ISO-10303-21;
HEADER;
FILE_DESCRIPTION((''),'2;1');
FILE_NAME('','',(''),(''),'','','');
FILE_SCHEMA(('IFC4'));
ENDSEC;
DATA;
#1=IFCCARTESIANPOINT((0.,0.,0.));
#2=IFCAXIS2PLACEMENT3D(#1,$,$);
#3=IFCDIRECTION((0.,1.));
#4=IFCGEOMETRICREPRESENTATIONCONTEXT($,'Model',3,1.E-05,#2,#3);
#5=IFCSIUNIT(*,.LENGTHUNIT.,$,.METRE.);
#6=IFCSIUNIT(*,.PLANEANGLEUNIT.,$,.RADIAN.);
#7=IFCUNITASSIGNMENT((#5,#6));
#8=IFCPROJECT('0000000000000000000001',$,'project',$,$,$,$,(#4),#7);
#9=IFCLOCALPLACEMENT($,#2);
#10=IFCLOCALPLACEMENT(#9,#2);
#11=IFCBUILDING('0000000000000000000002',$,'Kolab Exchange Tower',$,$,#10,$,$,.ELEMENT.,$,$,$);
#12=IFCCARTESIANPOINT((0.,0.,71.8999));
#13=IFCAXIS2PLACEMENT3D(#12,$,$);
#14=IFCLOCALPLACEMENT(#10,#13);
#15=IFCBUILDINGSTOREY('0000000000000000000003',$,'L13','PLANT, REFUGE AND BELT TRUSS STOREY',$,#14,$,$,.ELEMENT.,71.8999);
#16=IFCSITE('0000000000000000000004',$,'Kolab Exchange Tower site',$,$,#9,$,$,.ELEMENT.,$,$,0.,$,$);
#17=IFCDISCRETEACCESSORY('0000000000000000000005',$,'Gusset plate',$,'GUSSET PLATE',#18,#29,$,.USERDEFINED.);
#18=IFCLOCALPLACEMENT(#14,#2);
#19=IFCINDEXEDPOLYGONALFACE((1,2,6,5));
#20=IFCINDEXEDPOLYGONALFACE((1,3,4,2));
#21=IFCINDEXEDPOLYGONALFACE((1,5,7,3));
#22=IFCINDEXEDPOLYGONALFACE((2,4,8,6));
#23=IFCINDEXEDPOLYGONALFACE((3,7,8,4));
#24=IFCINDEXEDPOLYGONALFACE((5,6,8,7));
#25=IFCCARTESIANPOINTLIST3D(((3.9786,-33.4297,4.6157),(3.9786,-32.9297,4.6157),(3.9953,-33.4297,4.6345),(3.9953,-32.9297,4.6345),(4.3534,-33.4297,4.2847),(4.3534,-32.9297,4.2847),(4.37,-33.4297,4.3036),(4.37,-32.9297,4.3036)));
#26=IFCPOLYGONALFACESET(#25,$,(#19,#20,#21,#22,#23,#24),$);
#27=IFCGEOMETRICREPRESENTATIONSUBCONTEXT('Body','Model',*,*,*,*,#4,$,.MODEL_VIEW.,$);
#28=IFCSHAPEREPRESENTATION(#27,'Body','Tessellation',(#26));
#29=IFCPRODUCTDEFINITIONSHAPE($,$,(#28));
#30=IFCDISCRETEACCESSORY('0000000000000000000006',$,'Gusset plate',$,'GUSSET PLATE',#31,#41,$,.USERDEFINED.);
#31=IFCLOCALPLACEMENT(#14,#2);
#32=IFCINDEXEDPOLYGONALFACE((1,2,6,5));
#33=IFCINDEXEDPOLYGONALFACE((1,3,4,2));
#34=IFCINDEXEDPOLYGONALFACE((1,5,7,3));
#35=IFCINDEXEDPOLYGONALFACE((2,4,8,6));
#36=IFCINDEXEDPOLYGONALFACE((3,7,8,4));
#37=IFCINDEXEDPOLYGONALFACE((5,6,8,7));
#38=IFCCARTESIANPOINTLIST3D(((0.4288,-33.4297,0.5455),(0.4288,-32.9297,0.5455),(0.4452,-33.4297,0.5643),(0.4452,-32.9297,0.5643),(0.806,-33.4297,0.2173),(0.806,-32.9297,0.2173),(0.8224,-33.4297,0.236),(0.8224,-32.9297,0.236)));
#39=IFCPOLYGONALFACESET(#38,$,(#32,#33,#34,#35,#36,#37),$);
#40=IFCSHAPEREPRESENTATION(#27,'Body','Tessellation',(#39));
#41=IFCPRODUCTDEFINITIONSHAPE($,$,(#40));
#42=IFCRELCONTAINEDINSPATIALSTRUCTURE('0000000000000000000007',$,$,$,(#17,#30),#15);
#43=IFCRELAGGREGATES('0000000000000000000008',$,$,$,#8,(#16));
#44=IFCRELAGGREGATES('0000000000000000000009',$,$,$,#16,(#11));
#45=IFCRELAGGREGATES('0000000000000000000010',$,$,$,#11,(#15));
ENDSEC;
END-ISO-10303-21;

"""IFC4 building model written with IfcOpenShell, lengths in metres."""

from ifc_helpers import new_model, si_unit, direction, frame, origin, origin_2d, place, context, subcontext, project, spatial, rectangle, extrude, element, save


model = new_model("IFC4")

# Units and contexts
model_context = context("Model", 3, precision=1e-05, world=origin(), true_north=direction((0.0, 1.0)))
body_context = subcontext(model_context, "Body", "Model", "MODEL_VIEW")
ifc_project = project(units=[si_unit("LENGTHUNIT", "METRE"), si_unit("PLANEANGLEUNIT", "RADIAN")], contexts=[model_context])

# Site, building, storey
site_placement = place(None, origin())
site = spatial("IfcSite", under=ifc_project, at=site_placement, Name="Kolab Exchange Tower site", CompositionType="ELEMENT", RefElevation=0.0)
building_placement = place(site_placement, origin())
building = spatial("IfcBuilding", under=site, at=building_placement, Name="Kolab Exchange Tower", CompositionType="ELEMENT")
storey_placement = place(building_placement, frame((0.0, 0.0, 71.8999)))
storey = spatial("IfcBuildingStorey", under=building, at=storey_placement, Name="L13", Description="PLANT, REFUGE AND BELT TRUSS STOREY", CompositionType="ELEMENT", Elevation=71.8999)

# Discrete accessories
discrete_accessory_1_placement = place(storey_placement, frame((4.166, -33.1797, 4.4502), z_axis=(0.661944, 0.0, 0.749554), x_axis=(0.0, 1.0, 0.0)))
element("IfcDiscreteAccessory", 1, at=discrete_accessory_1_placement, inside=storey, Name="Gusset plate", ObjectType="GUSSET PLATE", PredefinedType="USERDEFINED", context=body_context, shape_type="SweptSolid", body=[
    extrude(rectangle(XDim=0.5, YDim=0.5, at=origin_2d()), origin(), (0.0, 0.0, 1.0), 0.0251),
])
discrete_accessory_2_placement = place(storey_placement, frame((0.6338, -33.1797, 0.4001), z_axis=(-0.656421, 0.0, -0.754395), x_axis=(0.0, -1.0, 0.0)))
element("IfcDiscreteAccessory", 2, at=discrete_accessory_2_placement, inside=storey, Name="Gusset plate", ObjectType="GUSSET PLATE", PredefinedType="USERDEFINED", context=body_context, shape_type="SweptSolid", body=[
    extrude(rectangle(XDim=0.5, YDim=0.5, at=origin_2d()), origin(), (0.0, 0.0, 1.0), 0.0249),
])

save(model, "model.ifc")
